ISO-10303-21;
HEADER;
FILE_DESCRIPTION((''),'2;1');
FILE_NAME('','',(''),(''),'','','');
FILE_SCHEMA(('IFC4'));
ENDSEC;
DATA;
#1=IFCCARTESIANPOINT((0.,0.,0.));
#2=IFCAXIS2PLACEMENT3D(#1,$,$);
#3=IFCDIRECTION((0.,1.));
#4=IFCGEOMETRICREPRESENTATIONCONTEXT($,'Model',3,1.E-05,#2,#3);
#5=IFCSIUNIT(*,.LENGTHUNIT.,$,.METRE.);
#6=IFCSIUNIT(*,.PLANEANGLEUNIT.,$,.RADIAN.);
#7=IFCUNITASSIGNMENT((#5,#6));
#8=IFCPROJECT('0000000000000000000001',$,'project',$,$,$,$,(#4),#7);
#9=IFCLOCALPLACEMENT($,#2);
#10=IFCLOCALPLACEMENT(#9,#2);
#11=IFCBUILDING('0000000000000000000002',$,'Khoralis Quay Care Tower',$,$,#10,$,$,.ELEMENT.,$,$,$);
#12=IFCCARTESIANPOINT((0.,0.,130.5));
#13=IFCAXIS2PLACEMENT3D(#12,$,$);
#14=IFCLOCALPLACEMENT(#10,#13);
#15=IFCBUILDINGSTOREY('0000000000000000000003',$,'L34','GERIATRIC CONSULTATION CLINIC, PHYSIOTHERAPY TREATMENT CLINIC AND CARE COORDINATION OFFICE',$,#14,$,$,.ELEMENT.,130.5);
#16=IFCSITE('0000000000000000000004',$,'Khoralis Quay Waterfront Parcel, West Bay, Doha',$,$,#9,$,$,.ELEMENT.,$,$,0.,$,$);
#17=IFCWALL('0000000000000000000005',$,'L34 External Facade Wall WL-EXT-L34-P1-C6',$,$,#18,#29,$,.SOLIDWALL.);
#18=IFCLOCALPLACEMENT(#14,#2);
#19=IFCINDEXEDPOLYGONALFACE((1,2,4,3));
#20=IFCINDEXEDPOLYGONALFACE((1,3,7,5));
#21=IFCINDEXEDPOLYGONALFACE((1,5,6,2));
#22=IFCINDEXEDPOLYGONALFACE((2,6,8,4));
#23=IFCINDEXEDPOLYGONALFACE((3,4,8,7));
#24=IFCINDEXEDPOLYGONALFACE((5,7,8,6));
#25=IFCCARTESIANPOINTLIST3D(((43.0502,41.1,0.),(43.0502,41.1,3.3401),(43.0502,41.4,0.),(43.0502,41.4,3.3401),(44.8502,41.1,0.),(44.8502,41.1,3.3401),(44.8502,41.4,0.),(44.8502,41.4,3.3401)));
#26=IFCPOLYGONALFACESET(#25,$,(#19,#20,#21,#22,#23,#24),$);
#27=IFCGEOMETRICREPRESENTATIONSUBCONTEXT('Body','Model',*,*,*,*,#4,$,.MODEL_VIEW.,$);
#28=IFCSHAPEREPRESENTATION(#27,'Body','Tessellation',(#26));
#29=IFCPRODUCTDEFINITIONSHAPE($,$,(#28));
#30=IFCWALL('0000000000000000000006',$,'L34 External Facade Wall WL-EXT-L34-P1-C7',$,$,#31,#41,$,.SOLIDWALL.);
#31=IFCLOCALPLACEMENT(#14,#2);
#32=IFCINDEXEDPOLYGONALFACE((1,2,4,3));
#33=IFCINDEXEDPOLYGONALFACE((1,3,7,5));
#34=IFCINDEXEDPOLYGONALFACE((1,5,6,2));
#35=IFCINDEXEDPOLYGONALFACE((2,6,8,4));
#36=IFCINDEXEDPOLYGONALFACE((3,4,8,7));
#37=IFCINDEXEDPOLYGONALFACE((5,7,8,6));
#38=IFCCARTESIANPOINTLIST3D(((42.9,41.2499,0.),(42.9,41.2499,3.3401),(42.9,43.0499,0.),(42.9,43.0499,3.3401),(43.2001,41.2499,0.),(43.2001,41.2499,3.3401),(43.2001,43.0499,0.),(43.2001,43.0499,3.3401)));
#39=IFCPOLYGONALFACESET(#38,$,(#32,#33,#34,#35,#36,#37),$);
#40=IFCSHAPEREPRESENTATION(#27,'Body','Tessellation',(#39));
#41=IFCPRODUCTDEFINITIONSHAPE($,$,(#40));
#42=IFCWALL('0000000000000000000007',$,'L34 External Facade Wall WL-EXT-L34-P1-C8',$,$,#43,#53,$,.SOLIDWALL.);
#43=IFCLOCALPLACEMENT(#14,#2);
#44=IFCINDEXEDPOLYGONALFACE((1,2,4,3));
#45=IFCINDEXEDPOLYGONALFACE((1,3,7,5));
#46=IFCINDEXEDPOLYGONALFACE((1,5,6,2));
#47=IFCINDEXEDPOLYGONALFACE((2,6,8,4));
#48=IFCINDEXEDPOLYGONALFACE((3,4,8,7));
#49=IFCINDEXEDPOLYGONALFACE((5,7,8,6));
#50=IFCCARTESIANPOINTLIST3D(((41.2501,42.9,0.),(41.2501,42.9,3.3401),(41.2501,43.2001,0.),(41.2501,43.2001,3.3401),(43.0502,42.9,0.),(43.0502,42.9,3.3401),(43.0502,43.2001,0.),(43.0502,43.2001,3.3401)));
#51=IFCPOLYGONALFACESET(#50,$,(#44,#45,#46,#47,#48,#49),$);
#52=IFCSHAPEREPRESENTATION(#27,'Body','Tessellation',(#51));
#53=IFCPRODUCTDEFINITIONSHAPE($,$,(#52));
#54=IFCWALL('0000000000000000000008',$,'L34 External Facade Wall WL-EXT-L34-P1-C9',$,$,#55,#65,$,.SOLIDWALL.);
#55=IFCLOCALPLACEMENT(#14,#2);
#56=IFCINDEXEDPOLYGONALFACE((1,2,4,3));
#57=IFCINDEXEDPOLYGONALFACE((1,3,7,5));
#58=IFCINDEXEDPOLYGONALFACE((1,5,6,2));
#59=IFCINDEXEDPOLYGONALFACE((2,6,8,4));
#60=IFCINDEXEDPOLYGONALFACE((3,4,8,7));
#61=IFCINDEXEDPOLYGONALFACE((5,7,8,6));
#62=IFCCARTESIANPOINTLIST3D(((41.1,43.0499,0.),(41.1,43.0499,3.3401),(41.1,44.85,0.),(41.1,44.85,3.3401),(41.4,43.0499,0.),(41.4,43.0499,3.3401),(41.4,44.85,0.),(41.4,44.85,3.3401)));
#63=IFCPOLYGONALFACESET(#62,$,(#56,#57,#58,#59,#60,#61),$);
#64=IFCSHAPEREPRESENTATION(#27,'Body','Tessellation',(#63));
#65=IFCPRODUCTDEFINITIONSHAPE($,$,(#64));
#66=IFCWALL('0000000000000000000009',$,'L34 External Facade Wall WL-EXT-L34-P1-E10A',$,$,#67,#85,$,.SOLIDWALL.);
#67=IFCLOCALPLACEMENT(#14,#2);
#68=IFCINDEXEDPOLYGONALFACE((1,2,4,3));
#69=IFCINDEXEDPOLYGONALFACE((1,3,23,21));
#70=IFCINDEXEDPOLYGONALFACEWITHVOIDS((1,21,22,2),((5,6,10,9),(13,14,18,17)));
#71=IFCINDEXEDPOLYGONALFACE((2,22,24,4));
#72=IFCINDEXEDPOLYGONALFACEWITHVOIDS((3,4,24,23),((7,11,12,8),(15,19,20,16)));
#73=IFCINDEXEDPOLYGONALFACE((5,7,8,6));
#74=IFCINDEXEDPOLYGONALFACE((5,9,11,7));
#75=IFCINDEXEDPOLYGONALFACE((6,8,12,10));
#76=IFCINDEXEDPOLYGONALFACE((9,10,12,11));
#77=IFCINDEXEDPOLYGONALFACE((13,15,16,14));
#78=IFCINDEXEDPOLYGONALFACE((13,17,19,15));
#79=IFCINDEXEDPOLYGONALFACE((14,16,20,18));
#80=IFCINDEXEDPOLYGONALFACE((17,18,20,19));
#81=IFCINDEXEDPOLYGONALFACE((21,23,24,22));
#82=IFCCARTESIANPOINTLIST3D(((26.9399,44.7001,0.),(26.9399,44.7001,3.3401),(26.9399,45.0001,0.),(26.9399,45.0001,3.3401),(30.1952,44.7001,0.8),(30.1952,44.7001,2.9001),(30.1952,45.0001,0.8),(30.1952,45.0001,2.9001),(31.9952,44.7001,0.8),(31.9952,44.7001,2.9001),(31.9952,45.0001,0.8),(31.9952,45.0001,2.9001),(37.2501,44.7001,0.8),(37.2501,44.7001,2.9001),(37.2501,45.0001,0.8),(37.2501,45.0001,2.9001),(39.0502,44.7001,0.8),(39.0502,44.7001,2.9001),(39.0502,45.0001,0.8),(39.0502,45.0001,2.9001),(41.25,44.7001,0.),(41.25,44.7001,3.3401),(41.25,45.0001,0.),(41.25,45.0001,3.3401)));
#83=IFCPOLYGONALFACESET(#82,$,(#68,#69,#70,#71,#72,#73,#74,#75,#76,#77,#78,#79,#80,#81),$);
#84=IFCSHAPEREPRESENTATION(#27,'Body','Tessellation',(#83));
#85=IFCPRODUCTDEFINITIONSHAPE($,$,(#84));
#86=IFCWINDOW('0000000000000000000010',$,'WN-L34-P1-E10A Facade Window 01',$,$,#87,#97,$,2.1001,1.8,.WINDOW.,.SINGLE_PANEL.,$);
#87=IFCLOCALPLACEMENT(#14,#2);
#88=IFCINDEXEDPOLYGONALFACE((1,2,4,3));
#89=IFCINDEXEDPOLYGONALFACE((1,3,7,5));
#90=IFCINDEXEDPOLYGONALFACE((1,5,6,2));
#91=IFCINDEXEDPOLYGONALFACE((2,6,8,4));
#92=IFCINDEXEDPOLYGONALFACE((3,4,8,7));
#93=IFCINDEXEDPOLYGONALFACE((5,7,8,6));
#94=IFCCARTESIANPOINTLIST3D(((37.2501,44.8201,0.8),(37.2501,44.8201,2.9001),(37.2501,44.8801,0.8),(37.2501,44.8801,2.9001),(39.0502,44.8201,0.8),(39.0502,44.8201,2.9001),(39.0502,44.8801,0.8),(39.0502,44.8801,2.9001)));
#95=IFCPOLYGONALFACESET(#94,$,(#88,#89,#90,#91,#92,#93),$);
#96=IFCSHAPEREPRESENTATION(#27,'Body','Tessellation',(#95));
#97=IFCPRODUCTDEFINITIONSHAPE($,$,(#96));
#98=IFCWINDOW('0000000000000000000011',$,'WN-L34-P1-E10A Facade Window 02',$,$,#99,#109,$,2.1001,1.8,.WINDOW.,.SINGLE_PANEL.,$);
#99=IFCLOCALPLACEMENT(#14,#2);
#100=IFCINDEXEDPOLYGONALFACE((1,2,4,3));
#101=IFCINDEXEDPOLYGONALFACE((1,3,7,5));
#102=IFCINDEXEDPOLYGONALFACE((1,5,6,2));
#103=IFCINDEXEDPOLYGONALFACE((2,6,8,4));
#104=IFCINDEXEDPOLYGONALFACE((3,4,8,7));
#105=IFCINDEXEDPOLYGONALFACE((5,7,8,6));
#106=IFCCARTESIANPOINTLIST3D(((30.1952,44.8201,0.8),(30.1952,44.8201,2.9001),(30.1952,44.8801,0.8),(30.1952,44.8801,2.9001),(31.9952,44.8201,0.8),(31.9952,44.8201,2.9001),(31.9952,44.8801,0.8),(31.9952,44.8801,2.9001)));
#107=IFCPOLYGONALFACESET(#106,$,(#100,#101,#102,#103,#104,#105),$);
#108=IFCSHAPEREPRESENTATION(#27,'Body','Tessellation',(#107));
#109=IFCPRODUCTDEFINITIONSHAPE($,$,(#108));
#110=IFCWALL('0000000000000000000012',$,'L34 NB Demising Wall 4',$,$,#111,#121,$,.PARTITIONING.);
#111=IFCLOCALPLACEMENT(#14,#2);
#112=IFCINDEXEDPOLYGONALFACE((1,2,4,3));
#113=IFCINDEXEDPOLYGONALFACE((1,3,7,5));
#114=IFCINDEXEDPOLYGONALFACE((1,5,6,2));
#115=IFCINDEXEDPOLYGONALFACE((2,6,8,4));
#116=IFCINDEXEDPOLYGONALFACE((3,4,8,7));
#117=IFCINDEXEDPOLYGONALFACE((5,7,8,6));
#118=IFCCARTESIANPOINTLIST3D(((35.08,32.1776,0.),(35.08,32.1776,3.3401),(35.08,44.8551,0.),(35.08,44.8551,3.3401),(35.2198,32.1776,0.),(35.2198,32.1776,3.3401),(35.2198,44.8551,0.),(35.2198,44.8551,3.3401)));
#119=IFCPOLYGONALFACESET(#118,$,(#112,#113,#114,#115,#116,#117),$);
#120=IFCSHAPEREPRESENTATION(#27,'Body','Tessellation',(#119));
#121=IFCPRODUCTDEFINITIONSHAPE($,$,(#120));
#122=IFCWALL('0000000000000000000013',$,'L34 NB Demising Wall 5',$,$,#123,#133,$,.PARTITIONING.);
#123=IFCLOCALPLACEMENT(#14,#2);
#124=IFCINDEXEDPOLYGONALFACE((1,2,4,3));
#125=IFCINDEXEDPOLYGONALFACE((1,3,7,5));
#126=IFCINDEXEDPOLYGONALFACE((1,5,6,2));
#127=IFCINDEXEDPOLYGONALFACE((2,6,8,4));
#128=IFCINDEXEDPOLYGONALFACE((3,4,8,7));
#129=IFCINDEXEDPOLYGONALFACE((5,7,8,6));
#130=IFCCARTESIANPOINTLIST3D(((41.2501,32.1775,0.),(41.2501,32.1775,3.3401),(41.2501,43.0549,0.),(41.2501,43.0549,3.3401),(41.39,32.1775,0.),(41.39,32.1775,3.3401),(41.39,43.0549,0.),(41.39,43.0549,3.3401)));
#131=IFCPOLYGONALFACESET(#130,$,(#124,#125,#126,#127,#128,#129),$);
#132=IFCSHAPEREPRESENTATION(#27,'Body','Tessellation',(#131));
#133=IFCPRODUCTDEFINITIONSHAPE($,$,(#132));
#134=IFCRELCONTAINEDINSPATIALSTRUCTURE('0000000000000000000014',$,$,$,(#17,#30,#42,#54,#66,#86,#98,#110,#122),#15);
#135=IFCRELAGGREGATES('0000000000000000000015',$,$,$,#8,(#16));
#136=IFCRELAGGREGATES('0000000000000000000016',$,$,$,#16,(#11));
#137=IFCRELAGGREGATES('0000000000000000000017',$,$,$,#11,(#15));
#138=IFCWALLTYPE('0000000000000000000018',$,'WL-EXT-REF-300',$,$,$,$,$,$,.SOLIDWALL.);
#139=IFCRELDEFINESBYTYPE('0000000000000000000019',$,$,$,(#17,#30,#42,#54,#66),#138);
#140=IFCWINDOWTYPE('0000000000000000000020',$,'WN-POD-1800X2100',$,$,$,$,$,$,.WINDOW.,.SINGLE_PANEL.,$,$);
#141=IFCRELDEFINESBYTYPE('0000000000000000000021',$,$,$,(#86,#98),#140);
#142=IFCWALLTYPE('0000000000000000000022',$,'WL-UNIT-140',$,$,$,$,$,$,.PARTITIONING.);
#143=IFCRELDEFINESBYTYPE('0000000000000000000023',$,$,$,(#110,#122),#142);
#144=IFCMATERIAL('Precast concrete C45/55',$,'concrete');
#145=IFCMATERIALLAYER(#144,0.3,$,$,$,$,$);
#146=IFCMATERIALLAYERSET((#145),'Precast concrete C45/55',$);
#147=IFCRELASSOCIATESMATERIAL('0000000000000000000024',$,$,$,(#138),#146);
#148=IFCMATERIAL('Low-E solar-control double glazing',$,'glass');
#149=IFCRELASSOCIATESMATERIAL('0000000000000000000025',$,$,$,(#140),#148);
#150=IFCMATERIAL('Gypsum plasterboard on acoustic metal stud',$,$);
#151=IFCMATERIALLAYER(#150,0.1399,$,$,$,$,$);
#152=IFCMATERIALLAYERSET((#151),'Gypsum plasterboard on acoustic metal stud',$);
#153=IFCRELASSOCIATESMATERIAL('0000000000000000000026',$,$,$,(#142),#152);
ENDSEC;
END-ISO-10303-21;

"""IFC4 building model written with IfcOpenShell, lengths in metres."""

from ifc_helpers import new_model, si_unit, direction, frame, frame_2d, origin, place, context, subcontext, project, spatial, rectangle, extrude, source, transform, mapped, material, layer, layer_set, type_object, element, fill, save


model = new_model("IFC4")

# Units and contexts
model_context = context("Model", 3, precision=1e-05, world=origin(), true_north=direction((0.0, 1.0)))
body_context = subcontext(model_context, "Body", "Model", "MODEL_VIEW")
ifc_project = project(units=[si_unit("LENGTHUNIT", "METRE"), si_unit("PLANEANGLEUNIT", "RADIAN")], contexts=[model_context])

# Site, building, storey
site_placement = place(None, origin())
site = spatial("IfcSite", under=ifc_project, at=site_placement, Name="Khoralis Quay Waterfront Parcel, West Bay, Doha", CompositionType="ELEMENT", RefElevation=0.0)
building_placement = place(site_placement, origin())
building = spatial("IfcBuilding", under=site, at=building_placement, Name="Khoralis Quay Care Tower", CompositionType="ELEMENT")
storey_placement = place(building_placement, frame((0.0, 0.0, 130.5)))
storey = spatial("IfcBuildingStorey", under=building, at=storey_placement, Name="L34", Description="GERIATRIC CONSULTATION CLINIC, PHYSIOTHERAPY TREATMENT CLINIC AND CARE COORDINATION OFFICE", CompositionType="ELEMENT", Elevation=130.5)

# Shared definitions
ifc_material_1 = material(Name="Gypsum plasterboard on acoustic metal stud")

# Walls
ifc_material_2 = material(Name="Precast concrete C45/55", Category="concrete")
ifc_layer_1 = layer(ifc_material_2, 0.3)
ifc_layer_set_1 = layer_set([ifc_layer_1], Name="Precast concrete C45/55")
wall_type_1 = type_object("IfcWallType", Name="WL-EXT-REF-300", PredefinedType="SOLIDWALL", material=ifc_layer_set_1)
for number, where, z_axis, x_axis, name in (
    (1, (44.8501, 41.25, 0.0), (0.0, 0.0, 1.0), (-1.0, 0.0, 0.0), "L34 External Facade Wall WL-EXT-L34-P1-C6"),
    (2, (43.05, 41.25, 0.0), (0.0, 0.0, 1.0), (0.0, 1.0, 0.0), "L34 External Facade Wall WL-EXT-L34-P1-C7"),
    (3, (43.05, 43.05, 0.0), (0.0, 0.0, 1.0), (-1.0, 0.0, 0.0), "L34 External Facade Wall WL-EXT-L34-P1-C8"),
    (4, (41.25, 43.05, 0.0), (0.0, 0.0, 1.0), (0.0, 1.0, 0.0), "L34 External Facade Wall WL-EXT-L34-P1-C9"),
):
    element("IfcWall", number, at=place(storey_placement, frame(where, z_axis=z_axis, x_axis=x_axis)), inside=storey, type_object=wall_type_1, Name=name, PredefinedType="SOLIDWALL", context=body_context, shape_type="SweptSolid", body=[
        extrude(rectangle(XDim=1.8, YDim=0.3, at=frame_2d((0.8999, 0.0))), origin(), (0.0, 0.0, 1.0), 3.3401),
    ])

# Wall, openings, windows
wall_1_placement = place(storey_placement, frame((41.25, 44.8501, 0.0), z_axis=(0.0, 0.0, 1.0), x_axis=(-1.0, 0.0, 0.0)))
wall_1 = element("IfcWall", 5, at=wall_1_placement, inside=storey, type_object=wall_type_1, Name="L34 External Facade Wall WL-EXT-L34-P1-E10A", PredefinedType="SOLIDWALL", context=body_context, shape_type="SweptSolid", body=[
    extrude(rectangle(XDim=14.3101, YDim=0.3, at=frame_2d((7.155, 0.0))), origin(), (0.0, 0.0, 1.0), 3.3401),
])
opening_1_placement = place(wall_1_placement, frame((2.2, 0.0, 0.8)))
opening_1 = element("IfcOpeningElement", 6, at=opening_1_placement, cuts=wall_1, PredefinedType="OPENING", context=body_context, shape_type="SweptSolid", body=[
    extrude(rectangle(XDim=1.8, YDim=2.1001, at=frame_2d((0.8999, 1.05))), frame((0.0, 0.1602, 0.0), z_axis=(0.0, -1.0, 0.0), x_axis=(1.0, 0.0, 0.0)), (0.0, 0.0, 1.0), 0.3201),
])
opening_2_placement = place(wall_1_placement, frame((9.2549, 0.0, 0.8)))
opening_2 = element("IfcOpeningElement", 7, at=opening_2_placement, cuts=wall_1, PredefinedType="OPENING", context=body_context, shape_type="SweptSolid", body=[
    extrude(rectangle(XDim=1.8, YDim=2.1001, at=frame_2d((0.8999, 1.05))), frame((0.0, 0.1602, 0.0), z_axis=(0.0, -1.0, 0.0), x_axis=(1.0, 0.0, 0.0)), (0.0, 0.0, 1.0), 0.3201),
])
ifc_material_3 = material(Name="Low-E solar-control double glazing", Category="glass")
window_type = type_object("IfcWindowType", Name="WN-POD-1800X2100", PartitioningType="SINGLE_PANEL", PredefinedType="WINDOW", material=ifc_material_3)
shared_shape_1 = source(origin(), body_context, "Body", "SweptSolid", [
    extrude(rectangle(XDim=1.8, YDim=2.1001, at=frame_2d((0.8999, 1.05))), frame((0.0, 0.03, 0.0), z_axis=(0.0, -1.0, 0.0), x_axis=(1.0, 0.0, 0.0)), (0.0, 0.0, 1.0), 0.0601),
])
window_1_placement = place(opening_1_placement, origin())
window_1 = element("IfcWindow", 8, at=window_1_placement, inside=storey, type_object=window_type, Name="WN-L34-P1-E10A Facade Window 01", OverallHeight=2.1001, OverallWidth=1.8, PartitioningType="SINGLE_PANEL", PredefinedType="WINDOW", context=body_context, shape_type="MappedRepresentation", body=[
    mapped(shared_shape_1, transform((0.0, 0.0, 0.0), scale=1.0)),
])
fill(opening_1, window_1)
window_2_placement = place(opening_2_placement, origin())
window_2 = element("IfcWindow", 9, at=window_2_placement, inside=storey, type_object=window_type, Name="WN-L34-P1-E10A Facade Window 02", OverallHeight=2.1001, OverallWidth=1.8, PartitioningType="SINGLE_PANEL", PredefinedType="WINDOW", context=body_context, shape_type="MappedRepresentation", body=[
    mapped(shared_shape_1, transform((0.0, 0.0, 0.0), scale=1.0)),
])
fill(opening_2, window_2)

# Walls
ifc_layer_2 = layer(ifc_material_1, 0.1399)
ifc_layer_set_2 = layer_set([ifc_layer_2], Name="Gypsum plasterboard on acoustic metal stud")
wall_type_2 = type_object("IfcWallType", Name="WL-UNIT-140", PredefinedType="PARTITIONING", material=ifc_layer_set_2)
wall_2_placement = place(storey_placement, frame((35.1499, 32.1775, 0.0), z_axis=(0.0, 0.0, 1.0), x_axis=(0.0, 1.0, 0.0)))
element("IfcWall", 10, at=wall_2_placement, inside=storey, type_object=wall_type_2, Name="L34 NB Demising Wall 4", PredefinedType="PARTITIONING", context=body_context, shape_type="SweptSolid", body=[
    extrude(rectangle(XDim=12.6775, YDim=0.1399, at=frame_2d((6.3389, 0.0))), origin(), (0.0, 0.0, 1.0), 3.3401),
])
wall_3_placement = place(storey_placement, frame((41.3201, 32.1775, 0.0), z_axis=(0.0, 0.0, 1.0), x_axis=(0.0, 1.0, 0.0)))
element("IfcWall", 11, at=wall_3_placement, inside=storey, type_object=wall_type_2, Name="L34 NB Demising Wall 5", PredefinedType="PARTITIONING", context=body_context, shape_type="SweptSolid", body=[
    extrude(rectangle(XDim=10.8774, YDim=0.1399, at=frame_2d((5.4387, 0.0))), origin(), (0.0, 0.0, 1.0), 3.3401),
])

save(model, "model.ifc")
